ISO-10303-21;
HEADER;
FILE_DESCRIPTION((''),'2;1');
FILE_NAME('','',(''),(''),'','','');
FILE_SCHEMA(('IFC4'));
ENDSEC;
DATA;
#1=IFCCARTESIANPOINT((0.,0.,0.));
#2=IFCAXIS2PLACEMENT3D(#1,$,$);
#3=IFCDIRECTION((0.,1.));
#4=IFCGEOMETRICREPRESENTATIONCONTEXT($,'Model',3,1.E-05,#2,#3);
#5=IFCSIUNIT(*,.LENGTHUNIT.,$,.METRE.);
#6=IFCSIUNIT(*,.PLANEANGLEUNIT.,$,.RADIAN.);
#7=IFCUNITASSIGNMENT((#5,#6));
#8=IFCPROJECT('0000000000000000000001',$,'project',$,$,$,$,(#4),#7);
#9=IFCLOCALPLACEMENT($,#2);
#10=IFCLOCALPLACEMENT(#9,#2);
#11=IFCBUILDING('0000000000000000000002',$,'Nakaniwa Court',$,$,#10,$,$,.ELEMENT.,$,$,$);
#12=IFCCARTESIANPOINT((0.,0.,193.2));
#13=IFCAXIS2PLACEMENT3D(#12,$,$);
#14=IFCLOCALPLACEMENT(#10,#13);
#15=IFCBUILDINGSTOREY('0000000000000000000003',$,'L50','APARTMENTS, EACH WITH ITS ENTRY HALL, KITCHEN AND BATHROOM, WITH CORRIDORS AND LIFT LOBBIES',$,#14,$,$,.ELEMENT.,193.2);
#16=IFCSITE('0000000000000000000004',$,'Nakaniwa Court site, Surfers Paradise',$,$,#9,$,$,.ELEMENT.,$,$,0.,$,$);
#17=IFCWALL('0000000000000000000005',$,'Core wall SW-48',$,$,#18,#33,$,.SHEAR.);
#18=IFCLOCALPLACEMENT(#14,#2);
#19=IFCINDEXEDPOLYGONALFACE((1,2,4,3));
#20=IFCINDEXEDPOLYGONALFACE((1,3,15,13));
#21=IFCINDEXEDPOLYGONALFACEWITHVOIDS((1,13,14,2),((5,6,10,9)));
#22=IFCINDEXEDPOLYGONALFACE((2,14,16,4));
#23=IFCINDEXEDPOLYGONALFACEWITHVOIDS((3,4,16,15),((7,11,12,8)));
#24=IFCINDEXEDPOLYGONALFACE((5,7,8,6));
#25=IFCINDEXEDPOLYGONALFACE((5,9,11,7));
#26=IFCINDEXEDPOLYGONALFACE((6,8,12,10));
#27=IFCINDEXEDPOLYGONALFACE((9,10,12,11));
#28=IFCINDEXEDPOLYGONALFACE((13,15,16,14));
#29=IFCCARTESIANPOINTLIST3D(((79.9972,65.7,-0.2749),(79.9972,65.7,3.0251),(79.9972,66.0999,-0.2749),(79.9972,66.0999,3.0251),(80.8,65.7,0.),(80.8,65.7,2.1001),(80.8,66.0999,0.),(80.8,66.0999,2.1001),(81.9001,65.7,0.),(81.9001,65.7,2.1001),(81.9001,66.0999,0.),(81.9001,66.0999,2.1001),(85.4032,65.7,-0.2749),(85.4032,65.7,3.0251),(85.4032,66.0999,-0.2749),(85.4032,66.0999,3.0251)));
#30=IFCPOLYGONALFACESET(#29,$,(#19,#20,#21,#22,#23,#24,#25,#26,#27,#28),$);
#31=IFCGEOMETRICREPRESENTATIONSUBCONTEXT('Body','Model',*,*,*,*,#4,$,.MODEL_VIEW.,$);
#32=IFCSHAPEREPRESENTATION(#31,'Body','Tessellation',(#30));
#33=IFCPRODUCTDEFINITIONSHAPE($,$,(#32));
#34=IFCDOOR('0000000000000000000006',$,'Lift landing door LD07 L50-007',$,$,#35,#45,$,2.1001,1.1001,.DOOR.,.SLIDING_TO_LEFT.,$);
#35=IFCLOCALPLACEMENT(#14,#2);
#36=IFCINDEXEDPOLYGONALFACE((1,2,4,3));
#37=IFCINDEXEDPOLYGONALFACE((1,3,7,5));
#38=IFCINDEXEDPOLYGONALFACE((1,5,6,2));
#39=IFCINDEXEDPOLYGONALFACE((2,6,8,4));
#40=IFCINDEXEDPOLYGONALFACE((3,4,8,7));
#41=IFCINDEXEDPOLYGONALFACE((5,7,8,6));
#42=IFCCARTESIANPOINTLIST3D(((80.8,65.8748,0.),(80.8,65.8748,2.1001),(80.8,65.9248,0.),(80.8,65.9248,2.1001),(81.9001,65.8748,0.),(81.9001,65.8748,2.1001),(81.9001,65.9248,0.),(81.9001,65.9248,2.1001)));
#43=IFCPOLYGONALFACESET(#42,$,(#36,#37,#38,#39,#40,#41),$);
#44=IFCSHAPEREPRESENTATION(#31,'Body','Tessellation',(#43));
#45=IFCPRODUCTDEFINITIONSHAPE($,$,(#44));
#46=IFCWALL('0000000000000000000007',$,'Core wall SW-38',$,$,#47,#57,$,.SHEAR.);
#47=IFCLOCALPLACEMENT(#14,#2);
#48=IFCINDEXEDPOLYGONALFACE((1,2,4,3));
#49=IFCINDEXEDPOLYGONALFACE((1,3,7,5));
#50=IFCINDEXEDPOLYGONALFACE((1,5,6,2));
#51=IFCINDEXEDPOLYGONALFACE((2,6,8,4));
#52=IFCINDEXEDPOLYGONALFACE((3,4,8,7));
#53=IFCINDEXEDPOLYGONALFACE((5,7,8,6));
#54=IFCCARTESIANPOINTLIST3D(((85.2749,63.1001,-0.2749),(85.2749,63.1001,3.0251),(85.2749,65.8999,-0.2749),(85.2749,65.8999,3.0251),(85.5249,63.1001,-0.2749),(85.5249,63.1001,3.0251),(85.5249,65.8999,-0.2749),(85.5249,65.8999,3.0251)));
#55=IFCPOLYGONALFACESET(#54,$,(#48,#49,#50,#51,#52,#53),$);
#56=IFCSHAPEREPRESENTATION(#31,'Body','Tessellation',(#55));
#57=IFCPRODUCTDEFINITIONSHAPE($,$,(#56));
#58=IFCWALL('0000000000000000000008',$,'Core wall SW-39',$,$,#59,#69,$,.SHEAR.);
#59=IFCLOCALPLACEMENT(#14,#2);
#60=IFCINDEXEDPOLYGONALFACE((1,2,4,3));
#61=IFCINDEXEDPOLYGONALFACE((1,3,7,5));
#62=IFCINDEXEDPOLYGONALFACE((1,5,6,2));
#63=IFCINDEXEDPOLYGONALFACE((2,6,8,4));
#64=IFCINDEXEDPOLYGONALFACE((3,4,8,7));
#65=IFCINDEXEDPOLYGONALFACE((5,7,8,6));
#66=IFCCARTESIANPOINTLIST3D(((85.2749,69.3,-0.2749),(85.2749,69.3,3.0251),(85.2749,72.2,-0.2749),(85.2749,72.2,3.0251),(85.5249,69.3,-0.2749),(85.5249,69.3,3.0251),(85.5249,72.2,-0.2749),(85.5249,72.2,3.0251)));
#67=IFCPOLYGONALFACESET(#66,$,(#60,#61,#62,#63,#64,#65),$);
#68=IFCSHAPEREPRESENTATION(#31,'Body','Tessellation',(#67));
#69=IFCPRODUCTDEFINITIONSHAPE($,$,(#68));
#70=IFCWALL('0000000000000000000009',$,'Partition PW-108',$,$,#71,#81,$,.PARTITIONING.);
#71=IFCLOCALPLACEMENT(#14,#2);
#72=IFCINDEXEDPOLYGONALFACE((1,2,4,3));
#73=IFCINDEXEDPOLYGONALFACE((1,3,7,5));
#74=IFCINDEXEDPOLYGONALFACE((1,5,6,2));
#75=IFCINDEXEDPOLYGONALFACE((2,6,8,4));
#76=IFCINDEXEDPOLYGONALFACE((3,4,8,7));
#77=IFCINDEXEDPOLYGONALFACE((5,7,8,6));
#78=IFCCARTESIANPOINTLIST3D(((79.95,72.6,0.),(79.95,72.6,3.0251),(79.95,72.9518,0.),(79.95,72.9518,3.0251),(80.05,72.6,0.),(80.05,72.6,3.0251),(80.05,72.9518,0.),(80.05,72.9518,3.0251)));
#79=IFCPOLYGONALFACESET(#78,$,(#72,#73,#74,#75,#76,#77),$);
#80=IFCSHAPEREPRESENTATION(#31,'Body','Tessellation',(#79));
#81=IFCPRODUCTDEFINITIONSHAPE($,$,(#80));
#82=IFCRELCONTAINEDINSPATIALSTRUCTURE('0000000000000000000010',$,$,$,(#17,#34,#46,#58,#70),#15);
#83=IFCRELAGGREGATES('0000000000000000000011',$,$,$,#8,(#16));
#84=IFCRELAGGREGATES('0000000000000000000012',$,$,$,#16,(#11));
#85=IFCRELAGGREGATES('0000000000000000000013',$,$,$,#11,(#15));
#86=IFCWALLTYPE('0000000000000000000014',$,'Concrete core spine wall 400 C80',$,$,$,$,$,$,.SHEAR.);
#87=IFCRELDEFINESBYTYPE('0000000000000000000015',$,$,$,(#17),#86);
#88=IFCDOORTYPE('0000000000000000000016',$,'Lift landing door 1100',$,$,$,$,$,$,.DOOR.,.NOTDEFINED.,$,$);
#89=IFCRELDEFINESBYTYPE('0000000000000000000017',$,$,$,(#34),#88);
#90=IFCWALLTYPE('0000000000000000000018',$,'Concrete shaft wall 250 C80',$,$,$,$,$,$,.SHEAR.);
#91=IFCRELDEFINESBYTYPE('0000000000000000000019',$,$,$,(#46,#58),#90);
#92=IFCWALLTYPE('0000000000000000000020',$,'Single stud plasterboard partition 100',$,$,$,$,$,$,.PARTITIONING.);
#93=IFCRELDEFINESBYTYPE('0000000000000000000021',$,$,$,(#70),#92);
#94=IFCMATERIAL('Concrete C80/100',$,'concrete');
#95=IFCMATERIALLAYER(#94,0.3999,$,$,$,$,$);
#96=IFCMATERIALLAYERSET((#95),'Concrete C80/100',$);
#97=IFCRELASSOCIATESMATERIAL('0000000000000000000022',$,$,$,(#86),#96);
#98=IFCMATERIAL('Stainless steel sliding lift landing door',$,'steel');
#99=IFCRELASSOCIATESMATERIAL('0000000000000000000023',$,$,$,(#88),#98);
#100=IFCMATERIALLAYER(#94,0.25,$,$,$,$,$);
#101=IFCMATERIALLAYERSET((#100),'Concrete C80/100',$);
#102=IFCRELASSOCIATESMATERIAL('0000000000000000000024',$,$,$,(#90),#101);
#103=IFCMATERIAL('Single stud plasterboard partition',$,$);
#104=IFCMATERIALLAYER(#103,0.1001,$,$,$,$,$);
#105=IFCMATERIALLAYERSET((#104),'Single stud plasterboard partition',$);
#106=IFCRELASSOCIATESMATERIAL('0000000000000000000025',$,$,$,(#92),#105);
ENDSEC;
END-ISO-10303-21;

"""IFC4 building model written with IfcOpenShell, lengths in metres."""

from ifc_helpers import new_model, si_unit, direction, frame, frame_2d, origin, place, context, subcontext, project, spatial, rectangle, extrude, material, layer, layer_set, type_object, element, fill, save


model = new_model("IFC4")

# Units and contexts
model_context = context("Model", 3, precision=1e-05, world=origin(), true_north=direction((0.0, 1.0)))
body_context = subcontext(model_context, "Body", "Model", "MODEL_VIEW")
ifc_project = project(units=[si_unit("LENGTHUNIT", "METRE"), si_unit("PLANEANGLEUNIT", "RADIAN")], contexts=[model_context])

# Site, building, storey
site_placement = place(None, origin())
site = spatial("IfcSite", under=ifc_project, at=site_placement, Name="Nakaniwa Court site, Surfers Paradise", CompositionType="ELEMENT", RefElevation=0.0)
building_placement = place(site_placement, origin())
building = spatial("IfcBuilding", under=site, at=building_placement, Name="Nakaniwa Court", CompositionType="ELEMENT")
storey_placement = place(building_placement, frame((0.0, 0.0, 193.2)))
storey = spatial("IfcBuildingStorey", under=building, at=storey_placement, Name="L50", Description="APARTMENTS, EACH WITH ITS ENTRY HALL, KITCHEN AND BATHROOM, WITH CORRIDORS AND LIFT LOBBIES", CompositionType="ELEMENT", Elevation=193.2)

# Shared definitions
ifc_material_1 = material(Name="Concrete C80/100", Category="concrete")

# Wall, opening, door
ifc_layer_1 = layer(ifc_material_1, 0.3999)
ifc_layer_set_1 = layer_set([ifc_layer_1], Name="Concrete C80/100")
wall_type_1 = type_object("IfcWallType", Name="Concrete core spine wall 400 C80", PredefinedType="SHEAR", material=ifc_layer_set_1)
ifc_material_2 = material(Name="Stainless steel sliding lift landing door", Category="steel")
door_type_1 = type_object("IfcDoorType", Name="Lift landing door 1100", OperationType="NOTDEFINED", PredefinedType="DOOR", material=ifc_material_2)
wall_1_placement = place(storey_placement, frame((79.9971, 65.8999, -0.2749), z_axis=(0.0, 0.0, 1.0), x_axis=(1.0, 0.0, 0.0)))
wall_1 = element("IfcWall", 1, at=wall_1_placement, inside=storey, type_object=wall_type_1, Name="Core wall SW-48", PredefinedType="SHEAR", context=body_context, shape_type="SweptSolid", body=[
    extrude(rectangle(XDim=5.406, YDim=0.3999, at=frame_2d((2.7031, 0.0))), origin(), (0.0, 0.0, 1.0), 3.3),
])
opening_1_placement = place(wall_1_placement, frame((0.803, 0.0, 0.2749)))
opening_1 = element("IfcOpeningElement", 2, at=opening_1_placement, cuts=wall_1, PredefinedType="OPENING", context=body_context, shape_type="SweptSolid", body=[
    extrude(rectangle(XDim=1.1001, YDim=2.1001, at=frame_2d((0.55, 1.05))), frame((0.0, 0.21, 0.0), z_axis=(0.0, -1.0, 0.0), x_axis=(1.0, 0.0, 0.0)), (0.0, 0.0, 1.0), 0.4199),
])
door_1_placement = place(opening_1_placement, origin())
door_1 = element("IfcDoor", 3, at=door_1_placement, inside=storey, type_object=door_type_1, Name="Lift landing door LD07 L50-007", OperationType="SLIDING_TO_LEFT", OverallHeight=2.1001, OverallWidth=1.1001, PredefinedType="DOOR", context=body_context, shape_type="SweptSolid", body=[
    extrude(rectangle(XDim=1.1001, YDim=2.1001, at=frame_2d((0.55, 1.05))), frame((0.0, 0.0249, 0.0), z_axis=(0.0, -1.0, 0.0), x_axis=(1.0, 0.0, 0.0)), (0.0, 0.0, 1.0), 0.05),
])
fill(opening_1, door_1)

# Walls
ifc_layer_2 = layer(ifc_material_1, 0.25)
ifc_layer_set_2 = layer_set([ifc_layer_2], Name="Concrete C80/100")
wall_type_2 = type_object("IfcWallType", Name="Concrete shaft wall 250 C80", PredefinedType="SHEAR", material=ifc_layer_set_2)
wall_2_placement = place(storey_placement, frame((85.3999, 63.1001, -0.2749), z_axis=(0.0, 0.0, 1.0), x_axis=(0.0, 1.0, 0.0)))
element("IfcWall", 4, at=wall_2_placement, inside=storey, type_object=wall_type_2, Name="Core wall SW-38", PredefinedType="SHEAR", context=body_context, shape_type="SweptSolid", body=[
    extrude(rectangle(XDim=2.7998, YDim=0.25, at=frame_2d((1.3999, 0.0))), origin(), (0.0, 0.0, 1.0), 3.3),
])
wall_3_placement = place(storey_placement, frame((85.3999, 69.3, -0.2749), z_axis=(0.0, 0.0, 1.0), x_axis=(0.0, 1.0, 0.0)))
element("IfcWall", 5, at=wall_3_placement, inside=storey, type_object=wall_type_2, Name="Core wall SW-39", PredefinedType="SHEAR", context=body_context, shape_type="SweptSolid", body=[
    extrude(rectangle(XDim=2.8999, YDim=0.25, at=frame_2d((1.45, 0.0))), origin(), (0.0, 0.0, 1.0), 3.3),
])
ifc_material_3 = material(Name="Single stud plasterboard partition")
ifc_layer_3 = layer(ifc_material_3, 0.1001)
ifc_layer_set_3 = layer_set([ifc_layer_3], Name="Single stud plasterboard partition")
wall_type_3 = type_object("IfcWallType", Name="Single stud plasterboard partition 100", PredefinedType="PARTITIONING", material=ifc_layer_set_3)
wall_4_placement = place(storey_placement, frame((80.0, 72.6001, 0.0), z_axis=(0.0, 0.0, 1.0), x_axis=(0.0, 1.0, 0.0)))
element("IfcWall", 6, at=wall_4_placement, inside=storey, type_object=wall_type_3, Name="Partition PW-108", PredefinedType="PARTITIONING", context=body_context, shape_type="SweptSolid", body=[
    extrude(rectangle(XDim=0.3518, YDim=0.1001, at=frame_2d((0.1758, 0.0))), origin(), (0.0, 0.0, 1.0), 3.0251),
])

save(model, "model.ifc")
